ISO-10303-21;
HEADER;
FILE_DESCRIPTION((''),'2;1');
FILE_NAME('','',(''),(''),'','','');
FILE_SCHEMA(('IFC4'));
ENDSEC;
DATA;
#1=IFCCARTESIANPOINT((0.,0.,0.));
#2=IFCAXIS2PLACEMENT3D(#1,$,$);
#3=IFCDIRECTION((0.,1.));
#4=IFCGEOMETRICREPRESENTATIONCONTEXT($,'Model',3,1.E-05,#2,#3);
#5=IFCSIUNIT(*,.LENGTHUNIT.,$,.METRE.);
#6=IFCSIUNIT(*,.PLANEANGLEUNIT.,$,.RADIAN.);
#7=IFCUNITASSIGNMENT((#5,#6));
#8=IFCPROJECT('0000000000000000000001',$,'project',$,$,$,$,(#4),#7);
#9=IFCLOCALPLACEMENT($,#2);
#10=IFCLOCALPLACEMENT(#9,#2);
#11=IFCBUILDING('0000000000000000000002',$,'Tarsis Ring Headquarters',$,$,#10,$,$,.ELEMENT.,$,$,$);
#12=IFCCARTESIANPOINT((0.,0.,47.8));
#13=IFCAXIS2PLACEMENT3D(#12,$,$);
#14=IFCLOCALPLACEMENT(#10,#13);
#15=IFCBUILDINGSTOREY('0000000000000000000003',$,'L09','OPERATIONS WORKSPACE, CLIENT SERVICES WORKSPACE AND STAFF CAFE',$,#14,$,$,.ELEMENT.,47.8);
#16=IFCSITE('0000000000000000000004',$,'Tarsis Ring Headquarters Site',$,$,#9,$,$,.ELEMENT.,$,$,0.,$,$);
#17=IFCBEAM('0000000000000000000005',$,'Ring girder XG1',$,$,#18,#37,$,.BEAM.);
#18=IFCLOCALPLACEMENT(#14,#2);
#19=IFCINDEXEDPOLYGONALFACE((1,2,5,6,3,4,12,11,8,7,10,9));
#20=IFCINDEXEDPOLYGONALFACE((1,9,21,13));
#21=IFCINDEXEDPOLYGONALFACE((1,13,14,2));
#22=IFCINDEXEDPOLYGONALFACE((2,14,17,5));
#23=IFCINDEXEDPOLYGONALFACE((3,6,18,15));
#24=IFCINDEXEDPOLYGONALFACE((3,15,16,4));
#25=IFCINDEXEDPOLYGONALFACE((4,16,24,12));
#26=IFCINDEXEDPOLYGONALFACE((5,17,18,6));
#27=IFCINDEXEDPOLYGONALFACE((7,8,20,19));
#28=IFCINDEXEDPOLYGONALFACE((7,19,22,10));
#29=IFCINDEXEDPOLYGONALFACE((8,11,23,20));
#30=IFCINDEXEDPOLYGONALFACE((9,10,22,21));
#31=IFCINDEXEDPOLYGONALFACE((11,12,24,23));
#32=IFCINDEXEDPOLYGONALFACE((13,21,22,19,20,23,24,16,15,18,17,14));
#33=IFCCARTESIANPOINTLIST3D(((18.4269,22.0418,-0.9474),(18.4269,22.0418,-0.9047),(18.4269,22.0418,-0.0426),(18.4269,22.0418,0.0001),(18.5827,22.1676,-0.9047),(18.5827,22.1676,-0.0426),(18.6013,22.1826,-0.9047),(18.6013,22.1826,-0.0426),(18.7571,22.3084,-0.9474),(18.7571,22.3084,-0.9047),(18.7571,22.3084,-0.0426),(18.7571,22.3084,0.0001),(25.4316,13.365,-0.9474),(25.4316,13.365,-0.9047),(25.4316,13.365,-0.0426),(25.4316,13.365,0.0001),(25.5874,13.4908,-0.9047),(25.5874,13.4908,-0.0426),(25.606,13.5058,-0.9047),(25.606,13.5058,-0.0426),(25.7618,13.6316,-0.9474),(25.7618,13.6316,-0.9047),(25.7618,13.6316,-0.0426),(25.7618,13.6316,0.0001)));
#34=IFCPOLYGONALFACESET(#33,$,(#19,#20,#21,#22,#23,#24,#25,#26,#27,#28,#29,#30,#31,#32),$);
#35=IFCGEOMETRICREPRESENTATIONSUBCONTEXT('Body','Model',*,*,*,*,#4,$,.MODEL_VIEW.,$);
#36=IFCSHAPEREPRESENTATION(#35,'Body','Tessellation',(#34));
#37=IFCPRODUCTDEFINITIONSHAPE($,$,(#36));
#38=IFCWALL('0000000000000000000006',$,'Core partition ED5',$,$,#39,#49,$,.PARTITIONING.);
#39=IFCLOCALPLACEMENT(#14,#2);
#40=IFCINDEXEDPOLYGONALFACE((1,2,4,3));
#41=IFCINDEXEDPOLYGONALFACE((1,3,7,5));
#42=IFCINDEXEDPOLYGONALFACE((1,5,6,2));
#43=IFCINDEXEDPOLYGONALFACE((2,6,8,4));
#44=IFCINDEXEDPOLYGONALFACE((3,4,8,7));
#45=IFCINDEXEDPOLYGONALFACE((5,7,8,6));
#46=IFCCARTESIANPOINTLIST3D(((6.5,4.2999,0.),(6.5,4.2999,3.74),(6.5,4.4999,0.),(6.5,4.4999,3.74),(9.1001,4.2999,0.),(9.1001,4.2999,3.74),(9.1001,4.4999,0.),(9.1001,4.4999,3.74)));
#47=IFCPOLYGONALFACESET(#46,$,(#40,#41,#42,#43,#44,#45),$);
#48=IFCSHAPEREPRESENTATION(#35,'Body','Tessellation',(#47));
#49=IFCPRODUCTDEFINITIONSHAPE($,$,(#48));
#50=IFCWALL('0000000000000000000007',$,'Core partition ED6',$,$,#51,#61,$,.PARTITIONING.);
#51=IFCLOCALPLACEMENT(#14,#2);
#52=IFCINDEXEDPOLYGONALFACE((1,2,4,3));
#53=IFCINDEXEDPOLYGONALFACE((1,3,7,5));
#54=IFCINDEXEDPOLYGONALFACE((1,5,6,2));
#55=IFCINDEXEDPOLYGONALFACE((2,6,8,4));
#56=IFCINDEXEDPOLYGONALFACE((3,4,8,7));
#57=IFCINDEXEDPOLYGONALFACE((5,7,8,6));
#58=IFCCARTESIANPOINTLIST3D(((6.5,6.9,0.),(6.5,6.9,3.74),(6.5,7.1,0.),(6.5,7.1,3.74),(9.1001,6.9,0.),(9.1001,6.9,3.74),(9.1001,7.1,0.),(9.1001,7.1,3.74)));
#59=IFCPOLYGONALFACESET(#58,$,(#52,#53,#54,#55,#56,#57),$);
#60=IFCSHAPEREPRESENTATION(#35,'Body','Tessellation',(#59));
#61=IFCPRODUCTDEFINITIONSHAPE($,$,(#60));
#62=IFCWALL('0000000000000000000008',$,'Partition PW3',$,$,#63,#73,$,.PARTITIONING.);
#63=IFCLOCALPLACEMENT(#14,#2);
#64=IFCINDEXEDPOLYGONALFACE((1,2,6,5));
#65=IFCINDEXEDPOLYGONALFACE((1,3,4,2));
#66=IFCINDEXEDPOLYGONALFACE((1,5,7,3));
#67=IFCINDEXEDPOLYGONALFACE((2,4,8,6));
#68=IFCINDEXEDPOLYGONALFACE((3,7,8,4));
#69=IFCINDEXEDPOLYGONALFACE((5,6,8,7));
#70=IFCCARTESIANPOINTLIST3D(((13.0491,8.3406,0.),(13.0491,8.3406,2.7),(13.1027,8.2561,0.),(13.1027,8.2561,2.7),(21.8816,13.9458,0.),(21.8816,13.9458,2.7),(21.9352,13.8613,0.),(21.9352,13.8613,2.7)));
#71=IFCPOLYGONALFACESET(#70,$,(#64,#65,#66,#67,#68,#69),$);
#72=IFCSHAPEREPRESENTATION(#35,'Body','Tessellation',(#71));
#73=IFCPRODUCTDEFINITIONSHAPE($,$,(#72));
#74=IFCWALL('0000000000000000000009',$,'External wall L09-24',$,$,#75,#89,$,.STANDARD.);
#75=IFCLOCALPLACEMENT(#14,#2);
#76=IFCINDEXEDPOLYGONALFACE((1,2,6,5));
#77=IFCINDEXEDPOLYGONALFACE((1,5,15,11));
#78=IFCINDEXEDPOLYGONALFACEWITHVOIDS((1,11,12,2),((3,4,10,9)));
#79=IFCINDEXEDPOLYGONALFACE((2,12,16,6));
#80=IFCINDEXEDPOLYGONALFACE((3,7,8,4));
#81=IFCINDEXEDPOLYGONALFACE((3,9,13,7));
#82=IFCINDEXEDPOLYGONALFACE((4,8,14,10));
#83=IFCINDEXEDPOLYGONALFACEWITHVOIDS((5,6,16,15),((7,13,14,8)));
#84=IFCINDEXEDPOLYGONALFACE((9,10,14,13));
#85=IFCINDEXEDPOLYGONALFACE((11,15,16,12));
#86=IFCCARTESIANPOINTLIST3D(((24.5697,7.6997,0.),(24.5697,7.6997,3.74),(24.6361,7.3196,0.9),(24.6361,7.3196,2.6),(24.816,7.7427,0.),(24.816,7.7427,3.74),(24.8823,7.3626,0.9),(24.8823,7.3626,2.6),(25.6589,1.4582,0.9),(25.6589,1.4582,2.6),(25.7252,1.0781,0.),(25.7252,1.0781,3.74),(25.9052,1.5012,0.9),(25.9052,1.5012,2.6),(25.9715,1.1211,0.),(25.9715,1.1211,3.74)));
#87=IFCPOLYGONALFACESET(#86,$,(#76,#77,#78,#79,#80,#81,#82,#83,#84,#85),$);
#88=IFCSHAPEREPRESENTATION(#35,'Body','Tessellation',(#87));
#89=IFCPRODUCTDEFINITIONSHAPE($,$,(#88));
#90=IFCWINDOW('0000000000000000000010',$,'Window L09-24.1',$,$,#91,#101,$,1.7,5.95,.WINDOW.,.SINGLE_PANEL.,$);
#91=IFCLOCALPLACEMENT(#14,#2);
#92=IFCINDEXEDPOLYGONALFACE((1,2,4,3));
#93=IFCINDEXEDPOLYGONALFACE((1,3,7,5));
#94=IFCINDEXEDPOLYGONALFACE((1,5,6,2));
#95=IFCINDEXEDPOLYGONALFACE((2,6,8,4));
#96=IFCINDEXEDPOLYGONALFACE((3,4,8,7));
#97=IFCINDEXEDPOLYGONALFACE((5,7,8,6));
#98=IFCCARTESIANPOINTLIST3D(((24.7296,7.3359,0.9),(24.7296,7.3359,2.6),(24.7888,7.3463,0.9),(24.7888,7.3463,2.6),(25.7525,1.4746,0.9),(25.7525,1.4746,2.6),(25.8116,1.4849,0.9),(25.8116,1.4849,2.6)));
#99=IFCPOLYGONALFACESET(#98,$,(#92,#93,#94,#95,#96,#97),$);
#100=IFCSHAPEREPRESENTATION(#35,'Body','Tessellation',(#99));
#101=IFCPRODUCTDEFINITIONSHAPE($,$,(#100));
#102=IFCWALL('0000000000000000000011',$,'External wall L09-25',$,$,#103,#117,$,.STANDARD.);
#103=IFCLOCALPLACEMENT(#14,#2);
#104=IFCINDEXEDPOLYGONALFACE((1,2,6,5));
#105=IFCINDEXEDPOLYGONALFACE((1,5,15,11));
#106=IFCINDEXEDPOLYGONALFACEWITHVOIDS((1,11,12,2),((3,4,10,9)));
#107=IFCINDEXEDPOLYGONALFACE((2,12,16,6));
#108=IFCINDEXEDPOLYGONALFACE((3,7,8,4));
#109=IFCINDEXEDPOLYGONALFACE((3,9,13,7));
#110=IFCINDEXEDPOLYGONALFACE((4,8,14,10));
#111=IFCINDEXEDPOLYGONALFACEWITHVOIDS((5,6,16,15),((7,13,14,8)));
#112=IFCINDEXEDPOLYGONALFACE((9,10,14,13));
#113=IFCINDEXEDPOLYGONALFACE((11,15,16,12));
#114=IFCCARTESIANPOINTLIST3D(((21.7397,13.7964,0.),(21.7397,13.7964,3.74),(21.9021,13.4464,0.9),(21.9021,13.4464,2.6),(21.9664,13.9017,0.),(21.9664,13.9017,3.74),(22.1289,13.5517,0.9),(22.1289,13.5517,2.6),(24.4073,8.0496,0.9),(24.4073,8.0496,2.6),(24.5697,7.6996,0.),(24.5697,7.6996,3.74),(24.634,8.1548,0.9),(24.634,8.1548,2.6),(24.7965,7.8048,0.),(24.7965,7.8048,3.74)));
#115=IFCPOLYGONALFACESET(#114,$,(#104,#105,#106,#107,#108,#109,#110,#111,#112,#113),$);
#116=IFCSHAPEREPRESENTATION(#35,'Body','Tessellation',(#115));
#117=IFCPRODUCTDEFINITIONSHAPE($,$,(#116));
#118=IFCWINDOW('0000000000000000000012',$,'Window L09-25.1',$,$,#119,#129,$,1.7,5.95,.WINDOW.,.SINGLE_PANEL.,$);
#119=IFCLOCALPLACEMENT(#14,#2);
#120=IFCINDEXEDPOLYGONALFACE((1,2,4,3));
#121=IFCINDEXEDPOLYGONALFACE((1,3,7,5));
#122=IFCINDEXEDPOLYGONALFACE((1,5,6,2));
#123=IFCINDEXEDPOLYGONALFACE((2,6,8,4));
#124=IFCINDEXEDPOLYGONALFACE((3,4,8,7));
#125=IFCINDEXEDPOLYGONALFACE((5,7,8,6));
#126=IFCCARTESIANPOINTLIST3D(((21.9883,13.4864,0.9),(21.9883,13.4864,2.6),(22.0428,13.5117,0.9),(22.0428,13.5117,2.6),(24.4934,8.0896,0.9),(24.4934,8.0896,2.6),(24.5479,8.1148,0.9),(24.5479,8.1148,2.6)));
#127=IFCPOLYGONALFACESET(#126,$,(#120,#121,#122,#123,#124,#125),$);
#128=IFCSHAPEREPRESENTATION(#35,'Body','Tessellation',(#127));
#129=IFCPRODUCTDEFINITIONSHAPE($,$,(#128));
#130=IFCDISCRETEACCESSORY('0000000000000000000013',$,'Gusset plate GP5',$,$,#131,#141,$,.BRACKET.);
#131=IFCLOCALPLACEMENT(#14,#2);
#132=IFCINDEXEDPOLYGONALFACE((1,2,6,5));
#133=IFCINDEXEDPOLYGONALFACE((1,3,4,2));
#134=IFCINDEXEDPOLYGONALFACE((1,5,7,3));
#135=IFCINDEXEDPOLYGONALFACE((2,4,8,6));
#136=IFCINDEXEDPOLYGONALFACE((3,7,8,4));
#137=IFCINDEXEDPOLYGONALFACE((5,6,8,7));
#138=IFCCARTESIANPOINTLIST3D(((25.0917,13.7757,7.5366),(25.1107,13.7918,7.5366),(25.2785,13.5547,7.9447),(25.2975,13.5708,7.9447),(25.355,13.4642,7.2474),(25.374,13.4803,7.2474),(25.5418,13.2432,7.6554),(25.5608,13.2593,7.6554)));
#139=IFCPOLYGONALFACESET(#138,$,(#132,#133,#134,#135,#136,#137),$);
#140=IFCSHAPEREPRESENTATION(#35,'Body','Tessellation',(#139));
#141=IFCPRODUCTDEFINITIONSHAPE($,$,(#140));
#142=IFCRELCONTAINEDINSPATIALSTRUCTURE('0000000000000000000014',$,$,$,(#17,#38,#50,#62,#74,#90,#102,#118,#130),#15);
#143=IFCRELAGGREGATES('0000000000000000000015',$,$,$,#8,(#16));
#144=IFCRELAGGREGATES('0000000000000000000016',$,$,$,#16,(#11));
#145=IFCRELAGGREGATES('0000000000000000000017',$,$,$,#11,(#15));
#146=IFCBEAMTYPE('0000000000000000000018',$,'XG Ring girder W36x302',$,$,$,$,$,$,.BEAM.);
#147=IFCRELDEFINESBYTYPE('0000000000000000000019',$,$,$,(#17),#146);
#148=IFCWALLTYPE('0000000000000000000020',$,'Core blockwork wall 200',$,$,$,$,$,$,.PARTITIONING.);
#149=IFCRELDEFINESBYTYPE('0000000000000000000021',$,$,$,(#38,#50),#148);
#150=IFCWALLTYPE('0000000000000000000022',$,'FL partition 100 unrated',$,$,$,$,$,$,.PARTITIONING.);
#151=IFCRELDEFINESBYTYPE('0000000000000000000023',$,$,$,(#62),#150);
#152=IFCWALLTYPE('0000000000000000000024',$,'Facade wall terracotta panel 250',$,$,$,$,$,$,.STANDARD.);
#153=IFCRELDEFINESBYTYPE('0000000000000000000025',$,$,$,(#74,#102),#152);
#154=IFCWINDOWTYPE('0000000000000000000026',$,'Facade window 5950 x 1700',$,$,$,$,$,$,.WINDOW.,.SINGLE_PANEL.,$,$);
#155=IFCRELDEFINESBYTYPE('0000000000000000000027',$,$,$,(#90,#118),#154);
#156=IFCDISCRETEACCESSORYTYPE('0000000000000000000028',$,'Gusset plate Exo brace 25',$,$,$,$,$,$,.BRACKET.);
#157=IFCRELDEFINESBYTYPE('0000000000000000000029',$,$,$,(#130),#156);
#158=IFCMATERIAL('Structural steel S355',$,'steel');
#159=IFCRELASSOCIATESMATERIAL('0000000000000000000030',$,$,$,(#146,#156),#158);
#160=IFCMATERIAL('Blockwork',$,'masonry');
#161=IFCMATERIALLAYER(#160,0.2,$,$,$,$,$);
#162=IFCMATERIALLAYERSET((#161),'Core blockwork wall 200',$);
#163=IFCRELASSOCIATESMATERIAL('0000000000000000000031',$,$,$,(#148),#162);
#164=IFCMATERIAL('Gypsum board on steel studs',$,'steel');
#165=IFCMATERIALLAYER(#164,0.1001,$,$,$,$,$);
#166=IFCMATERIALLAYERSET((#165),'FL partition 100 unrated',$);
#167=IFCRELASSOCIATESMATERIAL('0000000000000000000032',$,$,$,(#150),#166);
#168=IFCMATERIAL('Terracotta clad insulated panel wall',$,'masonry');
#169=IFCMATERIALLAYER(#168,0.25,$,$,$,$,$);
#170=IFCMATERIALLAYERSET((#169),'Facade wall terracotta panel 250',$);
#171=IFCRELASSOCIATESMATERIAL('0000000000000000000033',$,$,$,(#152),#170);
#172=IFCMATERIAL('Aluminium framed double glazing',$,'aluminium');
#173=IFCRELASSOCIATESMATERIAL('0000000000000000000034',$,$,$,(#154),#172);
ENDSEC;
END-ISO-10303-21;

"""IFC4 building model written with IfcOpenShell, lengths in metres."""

from ifc_helpers import new_model, si_unit, direction, frame, frame_2d, origin, origin_2d, place, context, subcontext, project, spatial, rectangle, i_section, extrude, material, layer, layer_set, material_profile, profile_set, type_object, element, fill, save


model = new_model("IFC4")

# Units and contexts
model_context = context("Model", 3, precision=1e-05, world=origin(), true_north=direction((0.0, 1.0)))
body_context = subcontext(model_context, "Body", "Model", "MODEL_VIEW")
ifc_project = project(units=[si_unit("LENGTHUNIT", "METRE"), si_unit("PLANEANGLEUNIT", "RADIAN")], contexts=[model_context])

# Site, building, storey
site_placement = place(None, origin())
site = spatial("IfcSite", under=ifc_project, at=site_placement, Name="Tarsis Ring Headquarters Site", CompositionType="ELEMENT", RefElevation=0.0)
building_placement = place(site_placement, origin())
building = spatial("IfcBuilding", under=site, at=building_placement, Name="Tarsis Ring Headquarters", CompositionType="ELEMENT")
storey_placement = place(building_placement, frame((0.0, 0.0, 47.8)))
storey = spatial("IfcBuildingStorey", under=building, at=storey_placement, Name="L09", Description="OPERATIONS WORKSPACE, CLIENT SERVICES WORKSPACE AND STAFF CAFE", CompositionType="ELEMENT", Elevation=47.8)

# Beam
ifc_material_1 = material(Name="Structural steel S355", Category="steel")
ifc_material_profile_1 = material_profile(ifc_material_1, i_section(OverallWidth=0.4243, OverallDepth=0.9475, WebThickness=0.0239, FlangeThickness=0.0427, at=origin_2d()), Name="W36x302")
ifc_profile_set_1 = profile_set([ifc_material_profile_1], Name="Structural steel S355")
beam_type_1 = type_object("IfcBeamType", Name="XG Ring girder W36x302", PredefinedType="BEAM", material=ifc_profile_set_1)
beam_1_placement = place(storey_placement, frame((25.5967, 13.4983, -0.4736), z_axis=(-0.628146, 0.778095, 0.0), x_axis=(-0.778095, -0.628146, 0.0)))
element("IfcBeam", 1, at=beam_1_placement, inside=storey, type_object=beam_type_1, Name="Ring girder XG1", PredefinedType="BEAM", context=body_context, shape_type="SweptSolid", body=[
    extrude(i_section(OverallWidth=0.4243, OverallDepth=0.9475, WebThickness=0.0239, FlangeThickness=0.0427, at=origin_2d()), origin(), (0.0, 0.0, 1.0), 11.1514),
])

# Walls
ifc_material_2 = material(Name="Blockwork", Category="masonry")
ifc_layer_1 = layer(ifc_material_2, 0.2)
ifc_layer_set_1 = layer_set([ifc_layer_1], Name="Core blockwork wall 200")
wall_type_1 = type_object("IfcWallType", Name="Core blockwork wall 200", PredefinedType="PARTITIONING", material=ifc_layer_set_1)
for number, where, z_axis, x_axis, name in (
    (2, (6.5, 4.3999, 0.0), (0.0, 0.0, 1.0), (1.0, 0.0, 0.0), "Core partition ED5"),
    (3, (6.5, 7.0, 0.0), (0.0, 0.0, 1.0), (1.0, 0.0, 0.0), "Core partition ED6"),
):
    element("IfcWall", number, at=place(storey_placement, frame(where, z_axis=z_axis, x_axis=x_axis)), inside=storey, type_object=wall_type_1, Name=name, PredefinedType="PARTITIONING", context=body_context, shape_type="SweptSolid", body=[
        extrude(rectangle(XDim=2.6001, YDim=0.2, at=frame_2d((1.3, 0.0))), origin(), (0.0, 0.0, 1.0), 3.74),
    ])
ifc_material_3 = material(Name="Gypsum board on steel studs", Category="steel")
ifc_layer_2 = layer(ifc_material_3, 0.1001)
ifc_layer_set_2 = layer_set([ifc_layer_2], Name="FL partition 100 unrated")
wall_type_2 = type_object("IfcWallType", Name="FL partition 100 unrated", PredefinedType="PARTITIONING", material=ifc_layer_set_2)
wall_1_placement = place(storey_placement, frame((13.0759, 8.2983, 0.0), z_axis=(0.0, 0.0, 1.0), x_axis=(0.844331, 0.535823, 0.0)))
element("IfcWall", 4, at=wall_1_placement, inside=storey, type_object=wall_type_2, Name="Partition PW3", PredefinedType="PARTITIONING", context=body_context, shape_type="SweptSolid", body=[
    extrude(rectangle(XDim=10.4609, YDim=0.1001, at=frame_2d((5.2305, 0.0))), origin(), (0.0, 0.0, 1.0), 2.7),
])

# Walls, openings, windows
ifc_material_4 = material(Name="Terracotta clad insulated panel wall", Category="masonry")
ifc_layer_3 = layer(ifc_material_4, 0.25)
ifc_layer_set_3 = layer_set([ifc_layer_3], Name="Facade wall terracotta panel 250")
wall_type_3 = type_object("IfcWallType", Name="Facade wall terracotta panel 250", PredefinedType="STANDARD", material=ifc_layer_set_3)
wall_2_placement = place(storey_placement, frame((25.8484, 1.0996, 0.0), z_axis=(0.0, 0.0, 1.0), x_axis=(-0.17191, 0.985113, 0.0)))
wall_2 = element("IfcWall", 5, at=wall_2_placement, inside=storey, type_object=wall_type_3, Name="External wall L09-24", PredefinedType="STANDARD", context=body_context, shape_type="SweptSolid", body=[
    extrude(rectangle(XDim=6.7217, YDim=0.25, at=frame_2d((3.3608, 0.0))), origin(), (0.0, 0.0, 1.0), 3.74),
])
opening_1_placement = place(wall_2_placement, frame((0.3857, 0.0, 0.8999)))
opening_1 = element("IfcOpeningElement", 6, at=opening_1_placement, cuts=wall_2, PredefinedType="OPENING", context=body_context, shape_type="SweptSolid", body=[
    extrude(rectangle(XDim=5.95, YDim=1.7, at=frame_2d((2.9751, 0.8501))), frame((0.0, 0.135, 0.0), z_axis=(0.0, -1.0, 0.0), x_axis=(1.0, 0.0, 0.0)), (0.0, 0.0, 1.0), 0.27),
])
ifc_material_5 = material(Name="Aluminium framed double glazing", Category="aluminium")
window_type = type_object("IfcWindowType", Name="Facade window 5950 x 1700", PartitioningType="SINGLE_PANEL", PredefinedType="WINDOW", material=ifc_material_5)
window_1_placement = place(opening_1_placement, origin())
window_1 = element("IfcWindow", 7, at=window_1_placement, inside=storey, type_object=window_type, Name="Window L09-24.1", OverallHeight=1.7, OverallWidth=5.95, PartitioningType="SINGLE_PANEL", PredefinedType="WINDOW", context=body_context, shape_type="SweptSolid", body=[
    extrude(rectangle(XDim=5.95, YDim=1.7, at=frame_2d((2.9751, 0.8501))), frame((0.0, 0.03, 0.0), z_axis=(0.0, -1.0, 0.0), x_axis=(1.0, 0.0, 0.0)), (0.0, 0.0, 1.0), 0.0601),
])
fill(opening_1, window_1)
wall_3_placement = place(storey_placement, frame((24.6831, 7.7522, 0.0), z_axis=(0.0, 0.0, 1.0), x_axis=(-0.421033, 0.907045, 0.0)))
wall_3 = element("IfcWall", 8, at=wall_3_placement, inside=storey, type_object=wall_type_3, Name="External wall L09-25", PredefinedType="STANDARD", context=body_context, shape_type="SweptSolid", body=[
    extrude(rectangle(XDim=6.7217, YDim=0.25, at=frame_2d((3.3608, 0.0))), origin(), (0.0, 0.0, 1.0), 3.74),
])
opening_2_placement = place(wall_3_placement, frame((0.3857, 0.0, 0.8999)))
opening_2 = element("IfcOpeningElement", 9, at=opening_2_placement, cuts=wall_3, PredefinedType="OPENING", context=body_context, shape_type="SweptSolid", body=[
    extrude(rectangle(XDim=5.95, YDim=1.7, at=frame_2d((2.9751, 0.8501))), frame((0.0, 0.135, 0.0), z_axis=(0.0, -1.0, 0.0), x_axis=(1.0, 0.0, 0.0)), (0.0, 0.0, 1.0), 0.27),
])
window_2_placement = place(opening_2_placement, origin())
window_2 = element("IfcWindow", 10, at=window_2_placement, inside=storey, type_object=window_type, Name="Window L09-25.1", OverallHeight=1.7, OverallWidth=5.95, PartitioningType="SINGLE_PANEL", PredefinedType="WINDOW", context=body_context, shape_type="SweptSolid", body=[
    extrude(rectangle(XDim=5.95, YDim=1.7, at=frame_2d((2.9751, 0.8501))), frame((0.0, 0.03, 0.0), z_axis=(0.0, -1.0, 0.0), x_axis=(1.0, 0.0, 0.0)), (0.0, 0.0, 1.0), 0.0601),
])
fill(opening_2, window_2)

# Discrete accessory
ifc_material_profile_2 = material_profile(ifc_material_1, rectangle(XDim=0.0249, YDim=0.5, at=origin_2d()), Name="PL 25x500")
ifc_profile_set_2 = profile_set([ifc_material_profile_2], Name="Structural steel S355")
discrete_accessory_type = type_object("IfcDiscreteAccessoryType", Name="Gusset plate Exo brace 25", PredefinedType="BRACKET", material=ifc_profile_set_2)
discrete_accessory_placement = place(storey_placement, frame((25.4197, 13.407, 7.8), z_axis=(-0.373438, 0.441779, -0.815705), x_axis=(-0.763706, -0.645564, 0.0)))
element("IfcDiscreteAccessory", 11, at=discrete_accessory_placement, inside=storey, type_object=discrete_accessory_type, Name="Gusset plate GP5", PredefinedType="BRACKET", context=body_context, shape_type="SweptSolid", body=[
    extrude(rectangle(XDim=0.0249, YDim=0.5, at=origin_2d()), origin(), (0.0, 0.0, 1.0), 0.5002),
])

save(model, "model.ifc")
